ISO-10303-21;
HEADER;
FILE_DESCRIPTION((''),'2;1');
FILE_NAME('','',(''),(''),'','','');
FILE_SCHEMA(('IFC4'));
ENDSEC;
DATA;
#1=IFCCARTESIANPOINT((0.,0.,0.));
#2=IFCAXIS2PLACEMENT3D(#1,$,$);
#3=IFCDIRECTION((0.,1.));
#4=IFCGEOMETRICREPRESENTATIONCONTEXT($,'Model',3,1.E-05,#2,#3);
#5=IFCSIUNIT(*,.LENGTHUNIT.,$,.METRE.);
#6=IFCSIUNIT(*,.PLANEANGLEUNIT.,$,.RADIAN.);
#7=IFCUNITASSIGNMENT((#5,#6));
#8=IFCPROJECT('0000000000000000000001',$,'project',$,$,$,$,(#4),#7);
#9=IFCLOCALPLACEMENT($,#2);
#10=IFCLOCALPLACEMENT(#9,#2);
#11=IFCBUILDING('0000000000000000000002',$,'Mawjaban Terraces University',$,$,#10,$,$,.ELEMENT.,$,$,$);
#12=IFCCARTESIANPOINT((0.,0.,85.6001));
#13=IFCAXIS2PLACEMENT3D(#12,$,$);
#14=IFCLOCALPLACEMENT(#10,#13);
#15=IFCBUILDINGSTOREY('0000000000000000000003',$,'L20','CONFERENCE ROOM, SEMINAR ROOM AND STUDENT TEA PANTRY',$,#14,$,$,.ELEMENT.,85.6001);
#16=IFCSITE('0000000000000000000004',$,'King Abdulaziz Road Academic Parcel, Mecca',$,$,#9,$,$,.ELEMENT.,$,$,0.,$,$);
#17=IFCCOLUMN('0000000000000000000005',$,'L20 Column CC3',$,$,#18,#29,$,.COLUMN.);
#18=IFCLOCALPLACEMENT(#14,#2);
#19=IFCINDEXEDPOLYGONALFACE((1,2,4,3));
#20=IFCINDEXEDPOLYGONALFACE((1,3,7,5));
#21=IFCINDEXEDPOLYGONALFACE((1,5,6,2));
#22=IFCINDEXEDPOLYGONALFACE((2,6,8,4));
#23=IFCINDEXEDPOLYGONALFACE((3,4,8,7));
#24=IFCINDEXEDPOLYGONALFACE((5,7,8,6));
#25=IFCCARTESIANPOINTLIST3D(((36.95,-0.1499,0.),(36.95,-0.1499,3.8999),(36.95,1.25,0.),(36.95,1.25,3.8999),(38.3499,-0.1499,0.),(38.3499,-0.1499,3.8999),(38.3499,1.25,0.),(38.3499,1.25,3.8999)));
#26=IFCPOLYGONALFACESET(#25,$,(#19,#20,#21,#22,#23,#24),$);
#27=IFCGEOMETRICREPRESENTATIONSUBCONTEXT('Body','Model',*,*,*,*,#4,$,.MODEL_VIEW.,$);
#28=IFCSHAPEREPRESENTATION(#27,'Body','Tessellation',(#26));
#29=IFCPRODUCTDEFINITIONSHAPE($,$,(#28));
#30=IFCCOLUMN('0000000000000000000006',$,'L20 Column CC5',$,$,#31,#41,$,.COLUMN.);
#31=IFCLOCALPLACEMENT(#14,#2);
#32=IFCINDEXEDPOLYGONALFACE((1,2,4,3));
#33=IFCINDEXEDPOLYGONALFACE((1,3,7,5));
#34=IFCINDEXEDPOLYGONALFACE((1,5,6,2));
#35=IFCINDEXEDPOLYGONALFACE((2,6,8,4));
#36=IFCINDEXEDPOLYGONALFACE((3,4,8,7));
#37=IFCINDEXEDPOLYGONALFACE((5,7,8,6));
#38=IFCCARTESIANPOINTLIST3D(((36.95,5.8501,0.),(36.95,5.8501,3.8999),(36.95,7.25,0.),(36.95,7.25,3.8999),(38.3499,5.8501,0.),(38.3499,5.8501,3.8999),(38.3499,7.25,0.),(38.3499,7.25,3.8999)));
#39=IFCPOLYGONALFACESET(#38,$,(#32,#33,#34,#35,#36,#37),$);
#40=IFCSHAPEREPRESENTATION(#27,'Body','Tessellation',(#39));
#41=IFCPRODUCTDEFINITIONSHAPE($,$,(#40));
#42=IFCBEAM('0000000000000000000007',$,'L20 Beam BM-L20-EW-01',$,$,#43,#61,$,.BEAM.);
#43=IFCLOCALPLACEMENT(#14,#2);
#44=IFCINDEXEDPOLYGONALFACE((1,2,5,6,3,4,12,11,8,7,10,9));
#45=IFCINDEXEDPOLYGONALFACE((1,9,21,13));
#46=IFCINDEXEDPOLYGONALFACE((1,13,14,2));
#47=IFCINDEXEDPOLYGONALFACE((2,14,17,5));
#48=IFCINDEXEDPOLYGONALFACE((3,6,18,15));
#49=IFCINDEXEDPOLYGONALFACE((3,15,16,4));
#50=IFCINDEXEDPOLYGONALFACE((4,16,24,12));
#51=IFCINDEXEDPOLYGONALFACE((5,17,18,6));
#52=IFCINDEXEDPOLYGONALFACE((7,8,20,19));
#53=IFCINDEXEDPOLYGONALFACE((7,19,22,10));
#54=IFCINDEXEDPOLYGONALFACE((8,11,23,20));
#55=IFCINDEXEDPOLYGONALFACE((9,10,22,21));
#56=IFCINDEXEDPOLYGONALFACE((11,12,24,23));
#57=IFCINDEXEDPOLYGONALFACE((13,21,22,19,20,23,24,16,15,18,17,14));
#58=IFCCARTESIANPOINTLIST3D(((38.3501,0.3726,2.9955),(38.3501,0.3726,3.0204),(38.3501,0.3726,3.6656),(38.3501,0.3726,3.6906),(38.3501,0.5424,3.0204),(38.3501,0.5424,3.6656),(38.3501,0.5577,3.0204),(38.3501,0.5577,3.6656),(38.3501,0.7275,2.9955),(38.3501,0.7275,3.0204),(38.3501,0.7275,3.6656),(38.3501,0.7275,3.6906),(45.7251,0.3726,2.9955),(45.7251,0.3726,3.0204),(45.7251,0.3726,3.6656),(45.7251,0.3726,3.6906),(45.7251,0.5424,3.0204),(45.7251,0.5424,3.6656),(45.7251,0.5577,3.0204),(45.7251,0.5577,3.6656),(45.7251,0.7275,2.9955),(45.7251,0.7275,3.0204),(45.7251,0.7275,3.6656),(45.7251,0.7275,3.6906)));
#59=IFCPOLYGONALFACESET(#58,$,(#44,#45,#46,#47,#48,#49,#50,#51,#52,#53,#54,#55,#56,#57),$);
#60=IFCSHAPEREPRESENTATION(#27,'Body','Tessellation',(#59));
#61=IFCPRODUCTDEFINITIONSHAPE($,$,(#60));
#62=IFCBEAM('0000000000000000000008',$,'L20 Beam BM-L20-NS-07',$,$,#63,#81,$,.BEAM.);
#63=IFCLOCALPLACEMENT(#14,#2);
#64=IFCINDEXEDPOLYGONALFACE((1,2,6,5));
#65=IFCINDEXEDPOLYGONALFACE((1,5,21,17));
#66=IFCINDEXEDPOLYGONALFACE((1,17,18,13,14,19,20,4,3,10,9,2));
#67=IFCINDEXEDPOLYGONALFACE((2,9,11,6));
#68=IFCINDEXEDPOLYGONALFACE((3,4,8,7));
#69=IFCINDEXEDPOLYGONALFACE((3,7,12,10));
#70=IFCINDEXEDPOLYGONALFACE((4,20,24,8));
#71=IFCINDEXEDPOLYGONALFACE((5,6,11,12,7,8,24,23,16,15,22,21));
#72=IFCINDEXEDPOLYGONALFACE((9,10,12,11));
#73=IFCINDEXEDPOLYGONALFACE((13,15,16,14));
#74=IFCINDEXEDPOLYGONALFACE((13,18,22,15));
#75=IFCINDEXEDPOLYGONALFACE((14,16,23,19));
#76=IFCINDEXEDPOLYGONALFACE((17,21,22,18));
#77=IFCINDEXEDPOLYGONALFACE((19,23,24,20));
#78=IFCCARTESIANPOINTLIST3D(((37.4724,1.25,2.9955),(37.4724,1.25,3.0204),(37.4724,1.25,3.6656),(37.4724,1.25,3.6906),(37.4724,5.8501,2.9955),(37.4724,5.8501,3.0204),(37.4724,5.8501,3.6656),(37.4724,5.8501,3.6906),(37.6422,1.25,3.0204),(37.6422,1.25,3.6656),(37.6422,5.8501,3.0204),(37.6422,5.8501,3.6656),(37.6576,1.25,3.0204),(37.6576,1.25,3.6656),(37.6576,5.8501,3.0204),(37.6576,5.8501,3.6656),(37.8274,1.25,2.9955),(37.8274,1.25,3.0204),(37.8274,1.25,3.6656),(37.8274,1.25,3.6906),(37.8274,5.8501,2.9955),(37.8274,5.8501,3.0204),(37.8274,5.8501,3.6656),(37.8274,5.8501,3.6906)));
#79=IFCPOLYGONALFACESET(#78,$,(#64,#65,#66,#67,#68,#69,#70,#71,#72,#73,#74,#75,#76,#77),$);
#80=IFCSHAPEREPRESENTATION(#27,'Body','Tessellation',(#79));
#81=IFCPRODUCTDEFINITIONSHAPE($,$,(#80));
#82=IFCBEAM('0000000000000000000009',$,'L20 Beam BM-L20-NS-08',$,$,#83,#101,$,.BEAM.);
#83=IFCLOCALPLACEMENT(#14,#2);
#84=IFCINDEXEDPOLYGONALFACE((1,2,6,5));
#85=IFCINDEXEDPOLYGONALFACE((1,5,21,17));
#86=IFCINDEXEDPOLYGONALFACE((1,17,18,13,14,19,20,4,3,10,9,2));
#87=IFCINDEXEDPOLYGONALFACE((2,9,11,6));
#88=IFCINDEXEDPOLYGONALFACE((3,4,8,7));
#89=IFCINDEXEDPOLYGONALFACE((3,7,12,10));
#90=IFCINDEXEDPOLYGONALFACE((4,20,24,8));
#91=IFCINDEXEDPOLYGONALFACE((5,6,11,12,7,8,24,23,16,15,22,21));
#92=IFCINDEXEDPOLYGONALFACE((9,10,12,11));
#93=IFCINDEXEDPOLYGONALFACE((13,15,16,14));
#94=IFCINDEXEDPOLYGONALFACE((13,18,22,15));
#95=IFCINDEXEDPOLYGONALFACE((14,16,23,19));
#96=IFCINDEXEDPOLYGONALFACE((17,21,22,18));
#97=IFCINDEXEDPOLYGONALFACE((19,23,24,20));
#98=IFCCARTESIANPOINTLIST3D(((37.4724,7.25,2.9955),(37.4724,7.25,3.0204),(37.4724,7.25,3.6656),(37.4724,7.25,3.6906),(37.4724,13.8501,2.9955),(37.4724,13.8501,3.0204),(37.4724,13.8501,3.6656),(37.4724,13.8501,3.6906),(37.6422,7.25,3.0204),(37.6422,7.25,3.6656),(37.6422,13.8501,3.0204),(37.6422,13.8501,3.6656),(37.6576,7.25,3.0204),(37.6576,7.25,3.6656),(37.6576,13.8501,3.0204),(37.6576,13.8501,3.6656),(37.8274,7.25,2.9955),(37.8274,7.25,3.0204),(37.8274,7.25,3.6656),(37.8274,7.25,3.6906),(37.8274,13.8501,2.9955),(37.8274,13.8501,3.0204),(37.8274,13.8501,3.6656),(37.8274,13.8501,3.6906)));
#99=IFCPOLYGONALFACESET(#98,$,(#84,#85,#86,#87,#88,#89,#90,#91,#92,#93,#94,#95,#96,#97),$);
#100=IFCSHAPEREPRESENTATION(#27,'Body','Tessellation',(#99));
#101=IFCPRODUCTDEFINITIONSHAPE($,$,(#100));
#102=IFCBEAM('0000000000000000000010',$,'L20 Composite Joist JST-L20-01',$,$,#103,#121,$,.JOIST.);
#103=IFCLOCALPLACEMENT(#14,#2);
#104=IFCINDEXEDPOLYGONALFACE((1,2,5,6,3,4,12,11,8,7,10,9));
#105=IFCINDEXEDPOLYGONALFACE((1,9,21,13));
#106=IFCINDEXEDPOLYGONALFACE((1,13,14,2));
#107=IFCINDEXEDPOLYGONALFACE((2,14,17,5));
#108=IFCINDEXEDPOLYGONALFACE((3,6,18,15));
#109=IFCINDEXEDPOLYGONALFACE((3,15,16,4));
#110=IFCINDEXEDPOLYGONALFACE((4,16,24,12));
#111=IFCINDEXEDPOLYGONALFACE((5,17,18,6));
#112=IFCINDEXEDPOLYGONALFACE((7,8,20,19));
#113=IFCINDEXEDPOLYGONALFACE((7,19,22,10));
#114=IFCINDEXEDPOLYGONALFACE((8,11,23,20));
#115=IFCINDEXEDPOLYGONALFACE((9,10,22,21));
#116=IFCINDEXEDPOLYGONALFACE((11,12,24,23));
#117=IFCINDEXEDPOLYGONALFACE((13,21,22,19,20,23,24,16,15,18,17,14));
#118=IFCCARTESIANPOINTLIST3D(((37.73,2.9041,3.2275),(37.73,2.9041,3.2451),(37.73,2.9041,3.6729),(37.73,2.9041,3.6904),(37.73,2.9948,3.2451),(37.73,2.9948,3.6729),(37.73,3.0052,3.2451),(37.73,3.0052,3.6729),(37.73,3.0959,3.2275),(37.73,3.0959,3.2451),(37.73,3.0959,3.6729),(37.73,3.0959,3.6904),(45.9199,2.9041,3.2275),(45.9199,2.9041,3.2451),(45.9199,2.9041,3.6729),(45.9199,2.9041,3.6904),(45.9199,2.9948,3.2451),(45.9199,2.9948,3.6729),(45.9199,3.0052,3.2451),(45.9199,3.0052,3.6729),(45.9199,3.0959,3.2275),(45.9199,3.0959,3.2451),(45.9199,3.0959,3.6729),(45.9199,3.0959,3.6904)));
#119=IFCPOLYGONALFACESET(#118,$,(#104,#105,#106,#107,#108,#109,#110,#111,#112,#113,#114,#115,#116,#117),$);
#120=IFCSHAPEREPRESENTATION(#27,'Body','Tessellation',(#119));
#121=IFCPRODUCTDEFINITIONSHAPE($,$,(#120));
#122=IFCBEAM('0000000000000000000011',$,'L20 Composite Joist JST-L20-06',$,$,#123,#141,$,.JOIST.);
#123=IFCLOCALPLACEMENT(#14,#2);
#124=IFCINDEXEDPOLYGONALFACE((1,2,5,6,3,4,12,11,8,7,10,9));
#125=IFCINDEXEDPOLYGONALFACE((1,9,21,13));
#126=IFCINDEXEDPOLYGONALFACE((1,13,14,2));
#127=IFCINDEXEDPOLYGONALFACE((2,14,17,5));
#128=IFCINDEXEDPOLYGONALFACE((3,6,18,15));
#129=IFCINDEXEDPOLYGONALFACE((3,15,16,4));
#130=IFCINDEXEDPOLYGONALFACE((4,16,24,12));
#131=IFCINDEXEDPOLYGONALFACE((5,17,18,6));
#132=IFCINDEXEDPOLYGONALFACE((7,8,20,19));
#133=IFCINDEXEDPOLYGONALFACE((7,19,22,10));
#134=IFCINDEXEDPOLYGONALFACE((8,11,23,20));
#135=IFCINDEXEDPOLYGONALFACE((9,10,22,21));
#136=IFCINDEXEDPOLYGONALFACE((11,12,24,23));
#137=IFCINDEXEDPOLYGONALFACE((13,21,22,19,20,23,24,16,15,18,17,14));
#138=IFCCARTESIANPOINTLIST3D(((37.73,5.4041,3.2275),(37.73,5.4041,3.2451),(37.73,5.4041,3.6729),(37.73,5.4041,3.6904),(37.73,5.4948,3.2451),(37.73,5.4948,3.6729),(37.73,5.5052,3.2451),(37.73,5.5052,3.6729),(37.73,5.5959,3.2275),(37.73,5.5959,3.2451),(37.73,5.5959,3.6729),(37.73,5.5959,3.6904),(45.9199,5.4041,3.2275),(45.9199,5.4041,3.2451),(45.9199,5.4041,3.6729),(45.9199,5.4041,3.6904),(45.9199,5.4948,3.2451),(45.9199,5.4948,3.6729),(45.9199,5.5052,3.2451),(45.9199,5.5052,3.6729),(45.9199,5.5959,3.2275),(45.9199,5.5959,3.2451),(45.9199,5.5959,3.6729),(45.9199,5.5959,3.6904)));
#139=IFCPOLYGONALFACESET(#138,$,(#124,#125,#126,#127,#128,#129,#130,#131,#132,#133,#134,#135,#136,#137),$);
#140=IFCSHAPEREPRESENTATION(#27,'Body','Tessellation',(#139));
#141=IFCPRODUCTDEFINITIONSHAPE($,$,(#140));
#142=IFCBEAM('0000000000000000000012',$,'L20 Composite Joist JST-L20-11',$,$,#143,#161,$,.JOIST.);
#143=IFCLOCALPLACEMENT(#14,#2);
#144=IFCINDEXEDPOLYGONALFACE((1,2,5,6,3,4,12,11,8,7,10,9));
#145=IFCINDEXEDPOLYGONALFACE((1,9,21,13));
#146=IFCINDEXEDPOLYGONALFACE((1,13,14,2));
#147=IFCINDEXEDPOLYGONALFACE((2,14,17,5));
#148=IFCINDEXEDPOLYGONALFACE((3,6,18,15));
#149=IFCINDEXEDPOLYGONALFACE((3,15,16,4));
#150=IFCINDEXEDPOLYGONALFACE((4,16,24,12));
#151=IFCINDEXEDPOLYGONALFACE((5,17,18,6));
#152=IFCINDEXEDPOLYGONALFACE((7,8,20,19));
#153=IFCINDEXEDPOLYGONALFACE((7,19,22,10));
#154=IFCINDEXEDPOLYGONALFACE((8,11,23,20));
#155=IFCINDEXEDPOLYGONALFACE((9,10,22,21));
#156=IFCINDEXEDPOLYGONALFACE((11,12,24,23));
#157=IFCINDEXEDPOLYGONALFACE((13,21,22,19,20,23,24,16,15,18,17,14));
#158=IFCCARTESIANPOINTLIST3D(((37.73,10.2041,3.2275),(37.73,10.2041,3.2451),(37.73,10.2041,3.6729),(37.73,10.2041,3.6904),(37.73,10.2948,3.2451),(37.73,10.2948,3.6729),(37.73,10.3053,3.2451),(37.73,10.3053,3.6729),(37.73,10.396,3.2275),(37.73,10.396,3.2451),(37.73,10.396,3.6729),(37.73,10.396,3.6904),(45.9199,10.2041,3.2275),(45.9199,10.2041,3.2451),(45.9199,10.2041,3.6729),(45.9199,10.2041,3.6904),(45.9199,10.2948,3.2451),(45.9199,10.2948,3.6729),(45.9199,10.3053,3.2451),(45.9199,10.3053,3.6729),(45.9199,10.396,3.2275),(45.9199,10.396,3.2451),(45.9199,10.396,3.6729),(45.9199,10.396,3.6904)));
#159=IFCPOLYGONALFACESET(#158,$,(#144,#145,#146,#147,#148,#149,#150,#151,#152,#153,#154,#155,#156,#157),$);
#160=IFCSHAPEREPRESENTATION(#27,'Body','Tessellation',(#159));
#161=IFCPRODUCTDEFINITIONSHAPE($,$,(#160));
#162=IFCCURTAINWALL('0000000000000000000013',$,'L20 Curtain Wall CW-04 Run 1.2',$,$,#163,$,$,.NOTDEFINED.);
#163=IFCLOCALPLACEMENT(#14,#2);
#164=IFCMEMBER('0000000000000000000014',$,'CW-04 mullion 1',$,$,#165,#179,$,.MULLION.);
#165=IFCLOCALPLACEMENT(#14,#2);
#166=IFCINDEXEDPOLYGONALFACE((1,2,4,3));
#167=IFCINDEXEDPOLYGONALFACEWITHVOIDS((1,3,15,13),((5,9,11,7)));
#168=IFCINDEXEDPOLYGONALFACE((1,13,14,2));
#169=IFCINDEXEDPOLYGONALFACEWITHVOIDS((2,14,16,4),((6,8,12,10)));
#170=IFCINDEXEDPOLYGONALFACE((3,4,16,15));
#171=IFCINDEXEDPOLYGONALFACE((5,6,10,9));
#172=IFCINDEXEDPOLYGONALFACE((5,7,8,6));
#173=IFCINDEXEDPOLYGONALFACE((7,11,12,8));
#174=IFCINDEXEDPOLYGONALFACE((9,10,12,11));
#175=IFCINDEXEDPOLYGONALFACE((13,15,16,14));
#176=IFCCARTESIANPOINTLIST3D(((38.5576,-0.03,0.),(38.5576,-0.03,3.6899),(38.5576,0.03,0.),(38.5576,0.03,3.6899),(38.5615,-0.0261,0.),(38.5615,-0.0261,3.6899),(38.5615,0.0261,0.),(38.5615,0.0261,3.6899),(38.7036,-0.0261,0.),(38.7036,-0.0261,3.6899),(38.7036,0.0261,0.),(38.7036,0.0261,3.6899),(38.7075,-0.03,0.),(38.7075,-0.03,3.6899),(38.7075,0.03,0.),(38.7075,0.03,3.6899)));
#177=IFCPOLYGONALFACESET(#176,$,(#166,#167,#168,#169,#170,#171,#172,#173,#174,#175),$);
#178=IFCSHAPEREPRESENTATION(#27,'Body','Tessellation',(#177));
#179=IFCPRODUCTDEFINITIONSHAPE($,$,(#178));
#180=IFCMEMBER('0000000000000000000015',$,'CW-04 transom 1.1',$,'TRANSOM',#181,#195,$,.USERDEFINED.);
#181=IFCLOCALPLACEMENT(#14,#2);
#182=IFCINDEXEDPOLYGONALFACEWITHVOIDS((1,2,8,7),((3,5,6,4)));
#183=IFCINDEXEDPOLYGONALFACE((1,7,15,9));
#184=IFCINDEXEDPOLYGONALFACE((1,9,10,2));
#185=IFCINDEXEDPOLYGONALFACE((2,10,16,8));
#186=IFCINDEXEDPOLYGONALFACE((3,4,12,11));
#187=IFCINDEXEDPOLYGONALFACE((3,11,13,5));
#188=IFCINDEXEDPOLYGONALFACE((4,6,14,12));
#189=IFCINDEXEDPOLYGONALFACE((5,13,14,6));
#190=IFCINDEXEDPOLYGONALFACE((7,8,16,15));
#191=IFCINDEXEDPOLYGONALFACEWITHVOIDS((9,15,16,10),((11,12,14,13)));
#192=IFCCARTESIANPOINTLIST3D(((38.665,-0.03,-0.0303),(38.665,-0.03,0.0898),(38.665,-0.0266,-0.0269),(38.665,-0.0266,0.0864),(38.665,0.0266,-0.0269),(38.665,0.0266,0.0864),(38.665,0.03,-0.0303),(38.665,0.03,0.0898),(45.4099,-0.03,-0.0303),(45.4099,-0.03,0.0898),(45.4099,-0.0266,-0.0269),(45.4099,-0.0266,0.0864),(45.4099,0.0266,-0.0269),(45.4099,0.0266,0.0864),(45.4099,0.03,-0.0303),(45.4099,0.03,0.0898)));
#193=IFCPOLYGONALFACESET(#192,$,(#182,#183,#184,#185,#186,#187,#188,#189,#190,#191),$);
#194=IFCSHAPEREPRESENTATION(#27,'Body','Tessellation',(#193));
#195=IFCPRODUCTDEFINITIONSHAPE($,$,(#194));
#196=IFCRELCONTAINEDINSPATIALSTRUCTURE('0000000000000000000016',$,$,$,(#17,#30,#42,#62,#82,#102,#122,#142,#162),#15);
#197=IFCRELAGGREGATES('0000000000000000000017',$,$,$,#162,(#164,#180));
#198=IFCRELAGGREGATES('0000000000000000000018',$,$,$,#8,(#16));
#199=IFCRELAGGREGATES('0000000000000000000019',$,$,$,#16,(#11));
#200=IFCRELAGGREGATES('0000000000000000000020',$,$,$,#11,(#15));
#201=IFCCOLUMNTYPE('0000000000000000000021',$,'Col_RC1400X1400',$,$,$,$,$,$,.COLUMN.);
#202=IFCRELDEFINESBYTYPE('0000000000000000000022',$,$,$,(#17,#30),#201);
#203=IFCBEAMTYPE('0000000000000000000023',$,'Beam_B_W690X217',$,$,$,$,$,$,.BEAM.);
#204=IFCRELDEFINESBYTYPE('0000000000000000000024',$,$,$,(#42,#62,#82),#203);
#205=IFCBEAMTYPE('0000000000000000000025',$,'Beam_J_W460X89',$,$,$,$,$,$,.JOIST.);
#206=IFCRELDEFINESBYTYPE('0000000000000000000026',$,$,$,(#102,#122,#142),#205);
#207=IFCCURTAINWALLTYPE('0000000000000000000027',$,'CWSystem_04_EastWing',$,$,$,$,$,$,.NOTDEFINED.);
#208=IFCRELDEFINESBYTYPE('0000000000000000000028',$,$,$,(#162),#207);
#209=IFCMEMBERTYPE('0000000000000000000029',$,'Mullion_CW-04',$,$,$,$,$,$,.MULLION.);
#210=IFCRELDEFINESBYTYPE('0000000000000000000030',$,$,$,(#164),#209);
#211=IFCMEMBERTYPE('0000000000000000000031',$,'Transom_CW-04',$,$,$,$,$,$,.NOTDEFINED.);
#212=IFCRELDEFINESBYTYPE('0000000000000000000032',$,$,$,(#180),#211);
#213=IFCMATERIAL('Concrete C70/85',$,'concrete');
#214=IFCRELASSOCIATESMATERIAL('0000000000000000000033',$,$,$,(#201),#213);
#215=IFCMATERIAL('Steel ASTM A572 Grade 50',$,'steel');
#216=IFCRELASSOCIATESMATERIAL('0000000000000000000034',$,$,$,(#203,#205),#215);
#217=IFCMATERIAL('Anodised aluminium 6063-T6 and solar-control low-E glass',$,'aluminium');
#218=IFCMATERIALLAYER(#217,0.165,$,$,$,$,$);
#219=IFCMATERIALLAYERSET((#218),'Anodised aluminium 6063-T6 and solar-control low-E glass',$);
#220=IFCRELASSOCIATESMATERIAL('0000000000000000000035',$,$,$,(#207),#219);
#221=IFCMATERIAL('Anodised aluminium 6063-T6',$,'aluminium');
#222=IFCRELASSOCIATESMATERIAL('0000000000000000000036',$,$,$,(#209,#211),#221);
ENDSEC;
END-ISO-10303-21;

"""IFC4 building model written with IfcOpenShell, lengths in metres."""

from ifc_helpers import new_model, si_unit, direction, frame, origin, origin_2d, place, context, subcontext, project, spatial, rectangle, hollow_rectangle, i_section, extrude, material, layer, layer_set, material_profile, profile_set, type_object, element, aggregate, save


model = new_model("IFC4")

# Units and contexts
model_context = context("Model", 3, precision=1e-05, world=origin(), true_north=direction((0.0, 1.0)))
body_context = subcontext(model_context, "Body", "Model", "MODEL_VIEW")
ifc_project = project(units=[si_unit("LENGTHUNIT", "METRE"), si_unit("PLANEANGLEUNIT", "RADIAN")], contexts=[model_context])

# Site, building, storey
site_placement = place(None, origin())
site = spatial("IfcSite", under=ifc_project, at=site_placement, Name="King Abdulaziz Road Academic Parcel, Mecca", CompositionType="ELEMENT", RefElevation=0.0)
building_placement = place(site_placement, origin())
building = spatial("IfcBuilding", under=site, at=building_placement, Name="Mawjaban Terraces University", CompositionType="ELEMENT")
storey_placement = place(building_placement, frame((0.0, 0.0, 85.6001)))
storey = spatial("IfcBuildingStorey", under=building, at=storey_placement, Name="L20", Description="CONFERENCE ROOM, SEMINAR ROOM AND STUDENT TEA PANTRY", CompositionType="ELEMENT", Elevation=85.6001)

# Columns
ifc_material_1 = material(Name="Concrete C70/85", Category="concrete")
ifc_material_profile_1 = material_profile(ifc_material_1, rectangle(XDim=1.3999, YDim=1.3999, at=origin_2d()), Name="RC1400X1400")
ifc_profile_set_1 = profile_set([ifc_material_profile_1], Name="Concrete C70/85")
column_type = type_object("IfcColumnType", Name="Col_RC1400X1400", PredefinedType="COLUMN", material=ifc_profile_set_1)
for number, where, z_axis, x_axis, name in (
    (1, (37.6499, 0.55, 0.0), (0.0, 0.0, 1.0), (1.0, 0.0, 0.0), "L20 Column CC3"),
    (2, (37.6499, 6.55, 0.0), (0.0, 0.0, 1.0), (1.0, 0.0, 0.0), "L20 Column CC5"),
):
    element("IfcColumn", number, at=place(storey_placement, frame(where, z_axis=z_axis, x_axis=x_axis)), inside=storey, type_object=column_type, Name=name, PredefinedType="COLUMN", context=body_context, shape_type="SweptSolid", body=[
        extrude(rectangle(XDim=1.3999, YDim=1.3999, at=origin_2d()), origin(), (0.0, 0.0, 1.0), 3.8999),
    ])

# Beams
ifc_material_2 = material(Name="Steel ASTM A572 Grade 50", Category="steel")
ifc_material_profile_2 = material_profile(ifc_material_2, i_section(OverallWidth=0.355, OverallDepth=0.6951, WebThickness=0.0154, FlangeThickness=0.0249, at=origin_2d()), Name="W690X217")
ifc_profile_set_2 = profile_set([ifc_material_profile_2], Name="Steel ASTM A572 Grade 50")
beam_type_1 = type_object("IfcBeamType", Name="Beam_B_W690X217", PredefinedType="BEAM", material=ifc_profile_set_2)
beam_1_placement = place(storey_placement, frame((38.3501, 0.55, 3.343), z_axis=(1.0, 0.0, 0.0), x_axis=(0.0, 1.0, 0.0)))
element("IfcBeam", 3, at=beam_1_placement, inside=storey, type_object=beam_type_1, Name="L20 Beam BM-L20-EW-01", PredefinedType="BEAM", context=body_context, shape_type="SweptSolid", body=[
    extrude(i_section(OverallWidth=0.355, OverallDepth=0.6951, WebThickness=0.0154, FlangeThickness=0.0249, at=origin_2d()), origin(), (0.0, 0.0, 1.0), 7.375),
])
beam_2_placement = place(storey_placement, frame((37.6499, 1.25, 3.343), z_axis=(0.0, 1.0, 0.0), x_axis=(-1.0, 0.0, 0.0)))
element("IfcBeam", 4, at=beam_2_placement, inside=storey, type_object=beam_type_1, Name="L20 Beam BM-L20-NS-07", PredefinedType="BEAM", context=body_context, shape_type="SweptSolid", body=[
    extrude(i_section(OverallWidth=0.355, OverallDepth=0.6951, WebThickness=0.0154, FlangeThickness=0.0249, at=origin_2d()), origin(), (0.0, 0.0, 1.0), 4.6001),
])
beam_3_placement = place(storey_placement, frame((37.6499, 7.25, 3.343), z_axis=(0.0, 1.0, 0.0), x_axis=(-1.0, 0.0, 0.0)))
element("IfcBeam", 5, at=beam_3_placement, inside=storey, type_object=beam_type_1, Name="L20 Beam BM-L20-NS-08", PredefinedType="BEAM", context=body_context, shape_type="SweptSolid", body=[
    extrude(i_section(OverallWidth=0.355, OverallDepth=0.6951, WebThickness=0.0154, FlangeThickness=0.0249, at=origin_2d()), origin(), (0.0, 0.0, 1.0), 6.6001),
])
ifc_material_profile_3 = material_profile(ifc_material_2, i_section(OverallWidth=0.1919, OverallDepth=0.4629, WebThickness=0.0105, FlangeThickness=0.0176, at=origin_2d()), Name="W460X89")
ifc_profile_set_3 = profile_set([ifc_material_profile_3], Name="Steel ASTM A572 Grade 50")
beam_type_2 = type_object("IfcBeamType", Name="Beam_J_W460X89", PredefinedType="JOIST", material=ifc_profile_set_3)
for number, where, z_axis, x_axis, name in (
    (6, (37.73, 3.0, 3.459), (1.0, 0.0, 0.0), (0.0, 1.0, 0.0), "L20 Composite Joist JST-L20-01"),
    (7, (37.73, 5.5, 3.459), (1.0, 0.0, 0.0), (0.0, 1.0, 0.0), "L20 Composite Joist JST-L20-06"),
    (8, (37.73, 10.3, 3.459), (1.0, 0.0, 0.0), (0.0, 1.0, 0.0), "L20 Composite Joist JST-L20-11"),
):
    element("IfcBeam", number, at=place(storey_placement, frame(where, z_axis=z_axis, x_axis=x_axis)), inside=storey, type_object=beam_type_2, Name=name, PredefinedType="JOIST", context=body_context, shape_type="SweptSolid", body=[
        extrude(i_section(OverallWidth=0.1919, OverallDepth=0.4629, WebThickness=0.0105, FlangeThickness=0.0176, at=origin_2d()), origin(), (0.0, 0.0, 1.0), 8.1899),
    ])

# Curtain wall, members
ifc_material_3 = material(Name="Anodised aluminium 6063-T6 and solar-control low-E glass", Category="aluminium")
ifc_layer_1 = layer(ifc_material_3, 0.165)
ifc_layer_set_1 = layer_set([ifc_layer_1], Name="Anodised aluminium 6063-T6 and solar-control low-E glass")
curtain_wall_type = type_object("IfcCurtainWallType", Name="CWSystem_04_EastWing", PredefinedType="NOTDEFINED", material=ifc_layer_set_1)
curtain_wall_placement = place(storey_placement, origin())
curtain_wall = element("IfcCurtainWall", 9, at=curtain_wall_placement, inside=storey, type_object=curtain_wall_type, Name="L20 Curtain Wall CW-04 Run 1.2", PredefinedType="NOTDEFINED")
ifc_material_4 = material(Name="Anodised aluminium 6063-T6", Category="aluminium")
ifc_material_profile_4 = material_profile(ifc_material_4, hollow_rectangle(XDim=0.0601, YDim=0.1499, WallThickness=0.0039, at=origin_2d()), Name="ALU150X60X4")
ifc_profile_set_4 = profile_set([ifc_material_profile_4], Name="Anodised aluminium 6063-T6")
member_type_1 = type_object("IfcMemberType", Name="Mullion_CW-04", PredefinedType="MULLION", material=ifc_profile_set_4)
member_1_placement = place(storey_placement, frame((38.6326, 0.0, 0.0), z_axis=(0.0, 0.0, 1.0), x_axis=(0.0, 1.0, 0.0)))
member_1 = element("IfcMember", 10, at=member_1_placement, type_object=member_type_1, Name="CW-04 mullion 1", PredefinedType="MULLION", context=body_context, shape_type="SweptSolid", body=[
    extrude(hollow_rectangle(XDim=0.0601, YDim=0.1499, WallThickness=0.0039, at=origin_2d()), origin(), (0.0, 0.0, 1.0), 3.6899),
])
ifc_material_profile_5 = material_profile(ifc_material_4, hollow_rectangle(XDim=0.0601, YDim=0.1201, WallThickness=0.0034, at=origin_2d()), Name="ALU120X60X3.5")
ifc_profile_set_5 = profile_set([ifc_material_profile_5], Name="Anodised aluminium 6063-T6")
member_type_2 = type_object("IfcMemberType", Name="Transom_CW-04", PredefinedType="NOTDEFINED", material=ifc_profile_set_5)
member_2_placement = place(storey_placement, frame((38.665, 0.0, 0.0298), z_axis=(1.0, 0.0, 0.0), x_axis=(0.0, 1.0, 0.0)))
member_2 = element("IfcMember", 11, at=member_2_placement, type_object=member_type_2, Name="CW-04 transom 1.1", ObjectType="TRANSOM", PredefinedType="USERDEFINED", context=body_context, shape_type="SweptSolid", body=[
    extrude(hollow_rectangle(XDim=0.0601, YDim=0.1201, WallThickness=0.0034, at=origin_2d()), origin(), (0.0, 0.0, 1.0), 6.7449),
])
aggregate(curtain_wall, [member_1, member_2])

save(model, "model.ifc")
